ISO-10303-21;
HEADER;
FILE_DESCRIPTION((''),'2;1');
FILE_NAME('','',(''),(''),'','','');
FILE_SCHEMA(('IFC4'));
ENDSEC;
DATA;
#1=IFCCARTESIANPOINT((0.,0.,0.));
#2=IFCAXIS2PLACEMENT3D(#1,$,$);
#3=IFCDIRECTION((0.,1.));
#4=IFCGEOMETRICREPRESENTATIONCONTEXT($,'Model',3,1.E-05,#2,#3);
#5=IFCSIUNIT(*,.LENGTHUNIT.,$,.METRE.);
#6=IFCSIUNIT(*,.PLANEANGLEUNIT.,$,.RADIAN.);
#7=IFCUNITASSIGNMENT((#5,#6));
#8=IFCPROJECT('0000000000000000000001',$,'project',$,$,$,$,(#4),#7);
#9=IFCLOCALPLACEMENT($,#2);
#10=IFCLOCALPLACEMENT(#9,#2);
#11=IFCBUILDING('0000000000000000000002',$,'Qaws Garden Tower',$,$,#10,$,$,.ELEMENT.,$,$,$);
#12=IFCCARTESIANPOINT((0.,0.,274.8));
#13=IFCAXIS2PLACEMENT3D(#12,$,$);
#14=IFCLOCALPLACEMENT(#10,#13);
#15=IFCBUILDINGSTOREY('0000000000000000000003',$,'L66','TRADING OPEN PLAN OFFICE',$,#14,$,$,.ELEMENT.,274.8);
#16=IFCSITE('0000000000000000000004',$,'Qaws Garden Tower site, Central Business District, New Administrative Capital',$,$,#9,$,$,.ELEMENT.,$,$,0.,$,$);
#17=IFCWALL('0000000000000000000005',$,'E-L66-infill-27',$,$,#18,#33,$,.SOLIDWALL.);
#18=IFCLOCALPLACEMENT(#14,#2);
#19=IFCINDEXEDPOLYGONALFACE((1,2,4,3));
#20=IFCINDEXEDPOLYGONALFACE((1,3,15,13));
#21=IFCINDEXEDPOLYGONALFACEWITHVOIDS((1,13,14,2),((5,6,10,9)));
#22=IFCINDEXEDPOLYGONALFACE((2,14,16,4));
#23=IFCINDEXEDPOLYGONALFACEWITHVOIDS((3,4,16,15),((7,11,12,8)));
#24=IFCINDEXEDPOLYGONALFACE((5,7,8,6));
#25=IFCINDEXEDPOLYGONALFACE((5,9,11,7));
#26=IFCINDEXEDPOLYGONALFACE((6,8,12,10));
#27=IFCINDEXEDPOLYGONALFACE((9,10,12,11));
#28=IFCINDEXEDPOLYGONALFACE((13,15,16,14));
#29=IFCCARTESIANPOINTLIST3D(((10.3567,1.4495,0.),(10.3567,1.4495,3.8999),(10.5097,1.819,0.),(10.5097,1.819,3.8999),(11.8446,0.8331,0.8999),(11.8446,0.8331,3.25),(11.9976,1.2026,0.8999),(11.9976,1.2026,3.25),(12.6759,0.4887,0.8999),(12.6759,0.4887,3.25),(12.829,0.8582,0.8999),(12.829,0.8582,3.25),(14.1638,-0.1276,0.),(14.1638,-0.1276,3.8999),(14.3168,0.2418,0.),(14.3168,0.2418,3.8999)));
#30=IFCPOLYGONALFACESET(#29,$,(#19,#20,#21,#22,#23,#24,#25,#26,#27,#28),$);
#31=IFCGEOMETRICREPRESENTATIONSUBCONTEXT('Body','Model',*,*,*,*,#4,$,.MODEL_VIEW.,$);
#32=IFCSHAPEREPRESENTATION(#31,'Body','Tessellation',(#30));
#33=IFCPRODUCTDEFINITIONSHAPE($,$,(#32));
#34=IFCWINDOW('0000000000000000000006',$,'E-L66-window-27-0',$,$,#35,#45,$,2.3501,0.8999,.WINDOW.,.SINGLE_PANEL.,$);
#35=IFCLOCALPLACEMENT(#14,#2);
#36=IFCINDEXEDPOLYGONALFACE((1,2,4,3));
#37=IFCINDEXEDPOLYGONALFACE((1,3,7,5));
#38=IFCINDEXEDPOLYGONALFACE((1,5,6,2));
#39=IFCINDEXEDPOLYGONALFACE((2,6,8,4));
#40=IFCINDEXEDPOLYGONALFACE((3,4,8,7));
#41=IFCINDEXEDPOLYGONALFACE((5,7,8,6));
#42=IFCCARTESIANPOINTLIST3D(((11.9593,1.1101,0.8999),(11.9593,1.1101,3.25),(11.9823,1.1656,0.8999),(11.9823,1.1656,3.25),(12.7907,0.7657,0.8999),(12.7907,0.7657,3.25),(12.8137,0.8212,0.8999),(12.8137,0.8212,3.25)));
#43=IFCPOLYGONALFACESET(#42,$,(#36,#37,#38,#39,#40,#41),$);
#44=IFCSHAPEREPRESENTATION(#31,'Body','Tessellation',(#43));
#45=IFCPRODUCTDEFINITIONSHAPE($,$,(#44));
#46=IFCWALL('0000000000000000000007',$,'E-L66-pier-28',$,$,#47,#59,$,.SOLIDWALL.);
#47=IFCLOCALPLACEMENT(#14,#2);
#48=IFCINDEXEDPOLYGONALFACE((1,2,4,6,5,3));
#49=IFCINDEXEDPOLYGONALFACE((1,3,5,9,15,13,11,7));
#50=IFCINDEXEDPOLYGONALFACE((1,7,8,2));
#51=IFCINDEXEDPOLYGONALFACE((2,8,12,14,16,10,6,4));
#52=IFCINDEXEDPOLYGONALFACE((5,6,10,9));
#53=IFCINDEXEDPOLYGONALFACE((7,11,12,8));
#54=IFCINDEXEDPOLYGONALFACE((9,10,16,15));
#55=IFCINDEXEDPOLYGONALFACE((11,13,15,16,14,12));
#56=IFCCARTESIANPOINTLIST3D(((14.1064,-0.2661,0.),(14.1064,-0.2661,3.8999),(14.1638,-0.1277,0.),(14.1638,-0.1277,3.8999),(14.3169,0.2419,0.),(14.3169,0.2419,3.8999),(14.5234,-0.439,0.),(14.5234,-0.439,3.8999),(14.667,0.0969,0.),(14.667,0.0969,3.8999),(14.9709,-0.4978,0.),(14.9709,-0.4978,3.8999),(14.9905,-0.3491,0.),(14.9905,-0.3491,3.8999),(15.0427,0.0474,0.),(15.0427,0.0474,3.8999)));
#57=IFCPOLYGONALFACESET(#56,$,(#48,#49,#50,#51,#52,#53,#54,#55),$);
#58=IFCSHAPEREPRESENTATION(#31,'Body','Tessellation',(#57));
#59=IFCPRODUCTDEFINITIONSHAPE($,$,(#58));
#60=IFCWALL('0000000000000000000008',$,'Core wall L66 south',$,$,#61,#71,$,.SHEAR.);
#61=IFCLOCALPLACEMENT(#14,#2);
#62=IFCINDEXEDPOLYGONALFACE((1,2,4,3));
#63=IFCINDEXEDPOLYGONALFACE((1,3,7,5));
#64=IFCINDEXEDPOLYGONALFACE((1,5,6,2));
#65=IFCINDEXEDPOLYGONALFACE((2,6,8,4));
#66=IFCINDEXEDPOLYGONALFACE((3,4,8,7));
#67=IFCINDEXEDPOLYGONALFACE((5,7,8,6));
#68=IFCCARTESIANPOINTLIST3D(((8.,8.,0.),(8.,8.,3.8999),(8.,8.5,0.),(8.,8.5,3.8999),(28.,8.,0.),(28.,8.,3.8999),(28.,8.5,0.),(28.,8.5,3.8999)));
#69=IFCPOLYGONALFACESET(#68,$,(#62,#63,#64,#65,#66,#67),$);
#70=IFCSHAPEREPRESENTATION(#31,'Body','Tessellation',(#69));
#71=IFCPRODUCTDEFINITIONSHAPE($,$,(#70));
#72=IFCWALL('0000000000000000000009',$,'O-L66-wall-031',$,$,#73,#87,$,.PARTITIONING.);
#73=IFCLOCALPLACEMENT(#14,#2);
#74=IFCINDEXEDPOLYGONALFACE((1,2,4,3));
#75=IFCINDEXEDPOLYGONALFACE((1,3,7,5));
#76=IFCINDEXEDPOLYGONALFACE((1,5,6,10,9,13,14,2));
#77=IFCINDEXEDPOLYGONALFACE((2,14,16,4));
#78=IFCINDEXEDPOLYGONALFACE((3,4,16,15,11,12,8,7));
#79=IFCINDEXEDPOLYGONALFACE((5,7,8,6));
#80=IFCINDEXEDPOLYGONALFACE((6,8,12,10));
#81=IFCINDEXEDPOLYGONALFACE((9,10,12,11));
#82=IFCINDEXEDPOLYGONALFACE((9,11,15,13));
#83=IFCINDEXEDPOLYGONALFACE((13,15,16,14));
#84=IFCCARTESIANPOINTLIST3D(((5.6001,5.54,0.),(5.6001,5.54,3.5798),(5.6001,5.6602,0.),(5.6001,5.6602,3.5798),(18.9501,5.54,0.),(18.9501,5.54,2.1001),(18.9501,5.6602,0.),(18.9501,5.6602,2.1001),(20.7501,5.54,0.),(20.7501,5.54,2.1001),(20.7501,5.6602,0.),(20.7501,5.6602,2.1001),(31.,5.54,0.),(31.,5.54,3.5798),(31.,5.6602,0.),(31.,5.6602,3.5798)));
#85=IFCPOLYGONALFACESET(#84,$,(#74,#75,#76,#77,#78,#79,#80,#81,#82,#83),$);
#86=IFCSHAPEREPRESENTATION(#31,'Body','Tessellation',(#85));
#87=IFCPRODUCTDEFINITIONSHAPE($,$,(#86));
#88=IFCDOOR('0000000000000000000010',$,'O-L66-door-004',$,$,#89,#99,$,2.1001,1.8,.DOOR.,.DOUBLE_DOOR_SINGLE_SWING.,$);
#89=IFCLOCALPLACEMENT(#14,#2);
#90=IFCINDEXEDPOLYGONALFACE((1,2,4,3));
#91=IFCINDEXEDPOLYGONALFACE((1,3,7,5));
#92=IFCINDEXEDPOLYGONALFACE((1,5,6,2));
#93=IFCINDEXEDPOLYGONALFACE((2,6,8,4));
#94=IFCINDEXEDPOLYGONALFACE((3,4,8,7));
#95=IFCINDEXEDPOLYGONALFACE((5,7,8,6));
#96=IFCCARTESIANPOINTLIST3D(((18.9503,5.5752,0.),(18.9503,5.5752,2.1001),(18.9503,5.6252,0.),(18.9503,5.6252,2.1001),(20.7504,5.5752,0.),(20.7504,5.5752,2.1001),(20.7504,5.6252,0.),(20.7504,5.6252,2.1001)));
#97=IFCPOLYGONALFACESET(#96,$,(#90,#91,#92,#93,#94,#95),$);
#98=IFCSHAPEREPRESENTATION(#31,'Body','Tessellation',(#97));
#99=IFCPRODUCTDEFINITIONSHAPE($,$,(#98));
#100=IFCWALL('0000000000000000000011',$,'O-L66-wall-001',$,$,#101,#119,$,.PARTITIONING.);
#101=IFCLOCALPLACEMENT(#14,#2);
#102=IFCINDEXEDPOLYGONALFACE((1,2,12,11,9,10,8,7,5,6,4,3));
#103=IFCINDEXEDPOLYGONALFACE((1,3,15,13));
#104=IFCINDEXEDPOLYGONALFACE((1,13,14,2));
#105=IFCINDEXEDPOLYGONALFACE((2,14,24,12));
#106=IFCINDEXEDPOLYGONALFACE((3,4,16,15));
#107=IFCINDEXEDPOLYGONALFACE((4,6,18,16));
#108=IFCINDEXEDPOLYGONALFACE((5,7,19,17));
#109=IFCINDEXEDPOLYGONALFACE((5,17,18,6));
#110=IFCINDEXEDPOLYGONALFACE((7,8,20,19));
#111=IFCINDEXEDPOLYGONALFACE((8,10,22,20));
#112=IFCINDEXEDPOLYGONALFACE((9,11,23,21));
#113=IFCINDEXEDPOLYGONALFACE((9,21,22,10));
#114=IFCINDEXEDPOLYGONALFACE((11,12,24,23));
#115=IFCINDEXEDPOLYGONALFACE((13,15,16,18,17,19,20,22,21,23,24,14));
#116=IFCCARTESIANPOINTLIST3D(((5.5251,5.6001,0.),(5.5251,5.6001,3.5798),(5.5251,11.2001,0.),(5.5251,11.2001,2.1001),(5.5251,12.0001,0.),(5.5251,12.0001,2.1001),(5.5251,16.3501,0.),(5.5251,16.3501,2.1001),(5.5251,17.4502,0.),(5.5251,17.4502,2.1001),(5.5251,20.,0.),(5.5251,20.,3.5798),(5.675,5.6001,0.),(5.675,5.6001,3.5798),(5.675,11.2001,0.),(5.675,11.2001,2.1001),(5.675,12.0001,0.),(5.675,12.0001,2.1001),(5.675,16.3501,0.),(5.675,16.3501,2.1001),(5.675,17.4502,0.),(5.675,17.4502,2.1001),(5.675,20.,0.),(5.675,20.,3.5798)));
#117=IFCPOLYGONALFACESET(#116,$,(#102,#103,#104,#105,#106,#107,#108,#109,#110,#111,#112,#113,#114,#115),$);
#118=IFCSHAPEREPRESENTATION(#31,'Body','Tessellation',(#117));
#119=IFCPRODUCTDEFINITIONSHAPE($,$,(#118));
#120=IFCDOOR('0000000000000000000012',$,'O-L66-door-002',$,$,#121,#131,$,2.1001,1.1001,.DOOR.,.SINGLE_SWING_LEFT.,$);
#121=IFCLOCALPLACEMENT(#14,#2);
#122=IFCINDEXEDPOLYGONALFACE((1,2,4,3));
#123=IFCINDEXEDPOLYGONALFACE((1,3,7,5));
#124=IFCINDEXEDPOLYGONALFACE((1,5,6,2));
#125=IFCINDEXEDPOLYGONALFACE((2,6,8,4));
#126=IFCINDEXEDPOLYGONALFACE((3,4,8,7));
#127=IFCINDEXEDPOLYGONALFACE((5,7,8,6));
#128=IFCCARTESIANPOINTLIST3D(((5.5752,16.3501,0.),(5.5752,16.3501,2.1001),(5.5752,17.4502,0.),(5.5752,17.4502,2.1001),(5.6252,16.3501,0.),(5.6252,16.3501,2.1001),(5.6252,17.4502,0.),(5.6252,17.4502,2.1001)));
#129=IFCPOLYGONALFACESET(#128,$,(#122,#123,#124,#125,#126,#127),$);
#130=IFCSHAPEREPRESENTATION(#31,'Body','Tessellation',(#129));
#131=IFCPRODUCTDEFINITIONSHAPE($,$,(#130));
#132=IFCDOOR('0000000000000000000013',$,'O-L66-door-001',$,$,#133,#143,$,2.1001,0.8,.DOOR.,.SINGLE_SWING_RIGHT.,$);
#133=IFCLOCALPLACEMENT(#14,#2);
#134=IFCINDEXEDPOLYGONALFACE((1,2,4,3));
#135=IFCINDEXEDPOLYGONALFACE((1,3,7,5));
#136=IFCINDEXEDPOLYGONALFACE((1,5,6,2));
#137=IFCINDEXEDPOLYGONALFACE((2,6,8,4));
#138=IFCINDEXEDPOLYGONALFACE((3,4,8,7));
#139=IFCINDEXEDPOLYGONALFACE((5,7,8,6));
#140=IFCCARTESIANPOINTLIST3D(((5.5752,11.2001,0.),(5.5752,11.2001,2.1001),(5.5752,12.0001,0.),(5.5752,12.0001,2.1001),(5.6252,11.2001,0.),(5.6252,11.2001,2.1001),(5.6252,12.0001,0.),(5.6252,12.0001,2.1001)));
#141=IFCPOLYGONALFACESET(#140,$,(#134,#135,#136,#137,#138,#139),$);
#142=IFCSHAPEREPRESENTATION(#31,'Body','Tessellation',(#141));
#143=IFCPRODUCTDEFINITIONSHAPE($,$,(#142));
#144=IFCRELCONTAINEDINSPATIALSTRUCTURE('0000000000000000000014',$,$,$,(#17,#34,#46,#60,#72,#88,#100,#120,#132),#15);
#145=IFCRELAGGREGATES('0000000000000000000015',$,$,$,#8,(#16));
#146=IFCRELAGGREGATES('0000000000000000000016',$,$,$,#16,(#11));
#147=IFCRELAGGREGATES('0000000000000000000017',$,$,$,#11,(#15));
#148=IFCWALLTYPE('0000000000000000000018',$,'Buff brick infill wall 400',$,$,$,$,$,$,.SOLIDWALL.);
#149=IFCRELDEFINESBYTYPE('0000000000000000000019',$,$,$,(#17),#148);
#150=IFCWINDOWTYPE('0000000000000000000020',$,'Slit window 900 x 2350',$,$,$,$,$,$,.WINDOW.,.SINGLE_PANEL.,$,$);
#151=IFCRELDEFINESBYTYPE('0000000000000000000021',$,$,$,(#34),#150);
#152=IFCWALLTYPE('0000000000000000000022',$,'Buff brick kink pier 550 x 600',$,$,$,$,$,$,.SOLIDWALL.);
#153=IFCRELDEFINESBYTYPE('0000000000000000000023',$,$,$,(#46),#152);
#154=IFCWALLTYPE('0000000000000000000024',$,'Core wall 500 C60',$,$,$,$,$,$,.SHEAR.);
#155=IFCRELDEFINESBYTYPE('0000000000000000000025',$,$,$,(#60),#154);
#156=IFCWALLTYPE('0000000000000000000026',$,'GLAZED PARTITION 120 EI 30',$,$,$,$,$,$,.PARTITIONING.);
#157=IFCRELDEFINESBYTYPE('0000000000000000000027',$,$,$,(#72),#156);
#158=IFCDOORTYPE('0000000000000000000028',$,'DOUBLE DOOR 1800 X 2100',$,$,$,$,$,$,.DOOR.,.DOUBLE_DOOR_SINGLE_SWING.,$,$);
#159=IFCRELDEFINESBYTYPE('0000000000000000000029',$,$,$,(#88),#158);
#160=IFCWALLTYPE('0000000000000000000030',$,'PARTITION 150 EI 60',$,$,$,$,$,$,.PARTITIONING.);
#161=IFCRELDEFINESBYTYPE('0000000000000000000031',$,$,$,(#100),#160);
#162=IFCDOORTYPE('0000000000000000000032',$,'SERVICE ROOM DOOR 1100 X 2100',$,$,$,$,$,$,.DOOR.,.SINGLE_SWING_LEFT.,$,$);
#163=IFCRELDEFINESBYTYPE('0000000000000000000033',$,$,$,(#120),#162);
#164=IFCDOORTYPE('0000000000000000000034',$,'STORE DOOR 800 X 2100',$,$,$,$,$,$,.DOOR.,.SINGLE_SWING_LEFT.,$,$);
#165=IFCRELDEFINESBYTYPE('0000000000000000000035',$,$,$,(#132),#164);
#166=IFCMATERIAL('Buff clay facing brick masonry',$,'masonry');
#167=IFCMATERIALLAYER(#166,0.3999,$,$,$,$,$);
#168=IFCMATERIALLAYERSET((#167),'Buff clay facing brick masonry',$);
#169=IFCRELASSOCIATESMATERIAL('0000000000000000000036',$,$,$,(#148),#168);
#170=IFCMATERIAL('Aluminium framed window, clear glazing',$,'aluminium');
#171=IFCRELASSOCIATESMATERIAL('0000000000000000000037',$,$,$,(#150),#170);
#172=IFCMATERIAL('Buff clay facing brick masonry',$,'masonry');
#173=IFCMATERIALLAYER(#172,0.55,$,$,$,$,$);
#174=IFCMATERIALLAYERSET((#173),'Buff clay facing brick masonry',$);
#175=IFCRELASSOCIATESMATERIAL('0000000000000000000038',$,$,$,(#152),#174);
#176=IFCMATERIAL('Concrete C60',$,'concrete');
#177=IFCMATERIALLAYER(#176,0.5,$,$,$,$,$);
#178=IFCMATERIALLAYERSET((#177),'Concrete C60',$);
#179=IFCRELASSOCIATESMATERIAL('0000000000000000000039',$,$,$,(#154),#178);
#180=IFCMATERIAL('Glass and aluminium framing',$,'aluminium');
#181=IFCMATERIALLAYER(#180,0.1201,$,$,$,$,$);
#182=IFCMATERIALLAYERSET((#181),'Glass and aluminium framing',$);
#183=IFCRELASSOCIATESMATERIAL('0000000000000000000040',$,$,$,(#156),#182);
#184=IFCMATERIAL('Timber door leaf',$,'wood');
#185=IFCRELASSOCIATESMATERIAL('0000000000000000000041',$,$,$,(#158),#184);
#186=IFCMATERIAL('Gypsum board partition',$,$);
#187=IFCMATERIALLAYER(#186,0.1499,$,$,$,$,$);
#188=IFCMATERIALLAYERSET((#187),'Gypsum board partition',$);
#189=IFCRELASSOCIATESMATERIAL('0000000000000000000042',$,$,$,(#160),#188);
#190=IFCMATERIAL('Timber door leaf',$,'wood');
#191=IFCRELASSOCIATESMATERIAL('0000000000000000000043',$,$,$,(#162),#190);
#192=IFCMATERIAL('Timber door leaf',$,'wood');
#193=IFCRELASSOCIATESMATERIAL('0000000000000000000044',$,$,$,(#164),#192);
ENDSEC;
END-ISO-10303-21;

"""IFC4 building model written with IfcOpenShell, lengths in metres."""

from ifc_helpers import new_model, si_unit, direction, frame, frame_2d, origin, place, context, subcontext, project, spatial, polyline, rectangle, outline, extrude, material, layer, layer_set, type_object, element, fill, save


model = new_model("IFC4")

# Units and contexts
model_context = context("Model", 3, precision=1e-05, world=origin(), true_north=direction((0.0, 1.0)))
body_context = subcontext(model_context, "Body", "Model", "MODEL_VIEW")
ifc_project = project(units=[si_unit("LENGTHUNIT", "METRE"), si_unit("PLANEANGLEUNIT", "RADIAN")], contexts=[model_context])

# Site, building, storey
site_placement = place(None, origin())
site = spatial("IfcSite", under=ifc_project, at=site_placement, Name="Qaws Garden Tower site, Central Business District, New Administrative Capital", CompositionType="ELEMENT", RefElevation=0.0)
building_placement = place(site_placement, origin())
building = spatial("IfcBuilding", under=site, at=building_placement, Name="Qaws Garden Tower", CompositionType="ELEMENT")
storey_placement = place(building_placement, frame((0.0, 0.0, 274.8)))
storey = spatial("IfcBuildingStorey", under=building, at=storey_placement, Name="L66", Description="TRADING OPEN PLAN OFFICE", CompositionType="ELEMENT", Elevation=274.8)

# Shared definitions
placement_1 = place(storey_placement, origin())

# Wall, opening, window
ifc_material_1 = material(Name="Buff clay facing brick masonry", Category="masonry")
ifc_layer_1 = layer(ifc_material_1, 0.3999)
ifc_layer_set_1 = layer_set([ifc_layer_1], Name="Buff clay facing brick masonry")
wall_type_1 = type_object("IfcWallType", Name="Buff brick infill wall 400", PredefinedType="SOLIDWALL", material=ifc_layer_set_1)
ifc_material_2 = material(Name="Aluminium framed window, clear glazing", Category="aluminium")
window_type = type_object("IfcWindowType", Name="Slit window 900 x 2350", PartitioningType="SINGLE_PANEL", PredefinedType="WINDOW", material=ifc_material_2)
wall_1_placement = place(storey_placement, frame((10.4331, 1.6343, 0.0), z_axis=(0.0, 0.0, 1.0), x_axis=(0.923864, -0.382722, 0.0)))
wall_1 = element("IfcWall", 1, at=wall_1_placement, inside=storey, type_object=wall_type_1, Name="E-L66-infill-27", PredefinedType="SOLIDWALL", context=body_context, shape_type="SweptSolid", body=[
    extrude(rectangle(XDim=4.1208, YDim=0.3999, at=frame_2d((2.0605, 0.0))), origin(), (0.0, 0.0, 1.0), 3.8999),
])
opening_1_placement = place(wall_1_placement, frame((1.6106, 0.0, 0.8999)))
opening_1 = element("IfcOpeningElement", 2, at=opening_1_placement, cuts=wall_1, PredefinedType="OPENING", context=body_context, shape_type="SweptSolid", body=[
    extrude(rectangle(XDim=0.8999, YDim=2.3501, at=frame_2d((0.45, 1.175))), frame((0.0, 0.21, 0.0), z_axis=(0.0, -1.0, 0.0), x_axis=(1.0, 0.0, 0.0)), (0.0, 0.0, 1.0), 0.4199),
])
window_1_placement = place(opening_1_placement, origin())
window_1 = element("IfcWindow", 3, at=window_1_placement, inside=storey, type_object=window_type, Name="E-L66-window-27-0", OverallHeight=2.3501, OverallWidth=0.8999, PartitioningType="SINGLE_PANEL", PredefinedType="WINDOW", context=body_context, shape_type="SweptSolid", body=[
    extrude(rectangle(XDim=0.8999, YDim=2.3501, at=frame_2d((0.45, 1.175))), frame((0.0, 0.1599, 0.0), z_axis=(0.0, -1.0, 0.0), x_axis=(1.0, 0.0, 0.0)), (0.0, 0.0, 1.0), 0.0601),
])
fill(opening_1, window_1)

# Walls
ifc_material_3 = material(Name="Buff clay facing brick masonry", Category="masonry")
ifc_layer_2 = layer(ifc_material_3, 0.55)
ifc_layer_set_2 = layer_set([ifc_layer_2], Name="Buff clay facing brick masonry")
wall_type_2 = type_object("IfcWallType", Name="Buff brick kink pier 550 x 600", PredefinedType="SOLIDWALL", material=ifc_layer_set_2)
element("IfcWall", 4, at=placement_1, inside=storey, type_object=wall_type_2, Name="E-L66-pier-28", PredefinedType="SOLIDWALL", context=body_context, shape_type="SweptSolid", body=[
    extrude(outline(polyline([(14.1638, -0.1277), (14.1064, -0.2661), (14.5234, -0.439), (14.9709, -0.4978), (14.9905, -0.3491), (15.0427, 0.0474), (14.667, 0.0969), (14.3169, 0.2419), (14.1638, -0.1277)])), origin(), (0.0, 0.0, 1.0), 3.8999),
])
ifc_material_4 = material(Name="Concrete C60", Category="concrete")
ifc_layer_3 = layer(ifc_material_4, 0.5)
ifc_layer_set_3 = layer_set([ifc_layer_3], Name="Concrete C60")
wall_type_3 = type_object("IfcWallType", Name="Core wall 500 C60", PredefinedType="SHEAR", material=ifc_layer_set_3)
wall_2_placement = place(storey_placement, frame((8.0, 8.25, 0.0), z_axis=(0.0, 0.0, 1.0), x_axis=(1.0, 0.0, 0.0)))
element("IfcWall", 5, at=wall_2_placement, inside=storey, type_object=wall_type_3, Name="Core wall L66 south", PredefinedType="SHEAR", context=body_context, shape_type="SweptSolid", body=[
    extrude(rectangle(XDim=20.0, YDim=0.5, at=frame_2d((10.0, 0.0))), origin(), (0.0, 0.0, 1.0), 3.8999),
])

# Wall, opening, door
ifc_material_5 = material(Name="Glass and aluminium framing", Category="aluminium")
ifc_layer_4 = layer(ifc_material_5, 0.1201)
ifc_layer_set_4 = layer_set([ifc_layer_4], Name="Glass and aluminium framing")
wall_type_4 = type_object("IfcWallType", Name="GLAZED PARTITION 120 EI 30", PredefinedType="PARTITIONING", material=ifc_layer_set_4)
wall_3_placement = place(storey_placement, frame((5.6001, 5.6001, 0.0), z_axis=(0.0, 0.0, 1.0), x_axis=(1.0, 0.0, 0.0)))
wall_3 = element("IfcWall", 6, at=wall_3_placement, inside=storey, type_object=wall_type_4, Name="O-L66-wall-031", PredefinedType="PARTITIONING", context=body_context, shape_type="SweptSolid", body=[
    extrude(rectangle(XDim=25.3999, YDim=0.1201, at=frame_2d((12.7, 0.0))), origin(), (0.0, 0.0, 1.0), 3.5798),
])
opening_2_placement = place(wall_3_placement, frame((13.3501, 0.0, 0.0)))
opening_2 = element("IfcOpeningElement", 7, at=opening_2_placement, cuts=wall_3, PredefinedType="OPENING", context=body_context, shape_type="SweptSolid", body=[
    extrude(rectangle(XDim=1.8, YDim=2.1001, at=frame_2d((0.8999, 1.05))), frame((0.0, 0.0701, 0.0), z_axis=(0.0, -1.0, 0.0), x_axis=(1.0, 0.0, 0.0)), (0.0, 0.0, 1.0), 0.1401),
])
ifc_material_6 = material(Name="Timber door leaf", Category="wood")
door_type_1 = type_object("IfcDoorType", Name="DOUBLE DOOR 1800 X 2100", OperationType="DOUBLE_DOOR_SINGLE_SWING", PredefinedType="DOOR", material=ifc_material_6)
door_1_placement = place(opening_2_placement, frame((1.8, 0.0, 0.0), z_axis=(0.0, 0.0, 1.0), x_axis=(-1.0, 0.0, 0.0)))
door_1 = element("IfcDoor", 8, at=door_1_placement, inside=storey, type_object=door_type_1, Name="O-L66-door-004", OperationType="DOUBLE_DOOR_SINGLE_SWING", OverallHeight=2.1001, OverallWidth=1.8, PredefinedType="DOOR", context=body_context, shape_type="SweptSolid", body=[
    extrude(rectangle(XDim=1.8, YDim=2.1001, at=frame_2d((0.8999, 1.05))), frame((0.0, 0.0249, 0.0), z_axis=(0.0, -1.0, 0.0), x_axis=(1.0, 0.0, 0.0)), (0.0, 0.0, 1.0), 0.05),
])
fill(opening_2, door_1)

# Wall, openings, doors
ifc_material_7 = material(Name="Gypsum board partition")
ifc_layer_5 = layer(ifc_material_7, 0.1499)
ifc_layer_set_5 = layer_set([ifc_layer_5], Name="Gypsum board partition")
wall_type_5 = type_object("IfcWallType", Name="PARTITION 150 EI 60", PredefinedType="PARTITIONING", material=ifc_layer_set_5)
wall_4_placement = place(storey_placement, frame((5.6001, 5.6001, 0.0), z_axis=(0.0, 0.0, 1.0), x_axis=(0.0, 1.0, 0.0)))
wall_4 = element("IfcWall", 9, at=wall_4_placement, inside=storey, type_object=wall_type_5, Name="O-L66-wall-001", PredefinedType="PARTITIONING", context=body_context, shape_type="SweptSolid", body=[
    extrude(rectangle(XDim=14.3999, YDim=0.1499, at=frame_2d((7.2, 0.0))), origin(), (0.0, 0.0, 1.0), 3.5798),
])
opening_3_placement = place(wall_4_placement, frame((5.6001, 0.0, 0.0)))
opening_3 = element("IfcOpeningElement", 10, at=opening_3_placement, cuts=wall_4, PredefinedType="OPENING", context=body_context, shape_type="SweptSolid", body=[
    extrude(rectangle(XDim=0.8, YDim=2.1001, at=frame_2d((0.3999, 1.05))), frame((0.0, 0.085, 0.0), z_axis=(0.0, -1.0, 0.0), x_axis=(1.0, 0.0, 0.0)), (0.0, 0.0, 1.0), 0.1699),
])
opening_4_placement = place(wall_4_placement, frame((10.75, 0.0, 0.0)))
opening_4 = element("IfcOpeningElement", 11, at=opening_4_placement, cuts=wall_4, PredefinedType="OPENING", context=body_context, shape_type="SweptSolid", body=[
    extrude(rectangle(XDim=1.1001, YDim=2.1001, at=frame_2d((0.55, 1.05))), frame((0.0, 0.085, 0.0), z_axis=(0.0, -1.0, 0.0), x_axis=(1.0, 0.0, 0.0)), (0.0, 0.0, 1.0), 0.1699),
])
ifc_material_8 = material(Name="Timber door leaf", Category="wood")
door_type_2 = type_object("IfcDoorType", Name="SERVICE ROOM DOOR 1100 X 2100", OperationType="SINGLE_SWING_LEFT", PredefinedType="DOOR", material=ifc_material_8)
door_2_placement = place(opening_4_placement, origin())
door_2 = element("IfcDoor", 12, at=door_2_placement, inside=storey, type_object=door_type_2, Name="O-L66-door-002", OperationType="SINGLE_SWING_LEFT", OverallHeight=2.1001, OverallWidth=1.1001, PredefinedType="DOOR", context=body_context, shape_type="SweptSolid", body=[
    extrude(rectangle(XDim=1.1001, YDim=2.1001, at=frame_2d((0.55, 1.05))), frame((0.0, 0.0249, 0.0), z_axis=(0.0, -1.0, 0.0), x_axis=(1.0, 0.0, 0.0)), (0.0, 0.0, 1.0), 0.05),
])
fill(opening_4, door_2)
ifc_material_9 = material(Name="Timber door leaf", Category="wood")
door_type_3 = type_object("IfcDoorType", Name="STORE DOOR 800 X 2100", OperationType="SINGLE_SWING_LEFT", PredefinedType="DOOR", material=ifc_material_9)
door_3_placement = place(opening_3_placement, origin())
door_3 = element("IfcDoor", 13, at=door_3_placement, inside=storey, type_object=door_type_3, Name="O-L66-door-001", OperationType="SINGLE_SWING_RIGHT", OverallHeight=2.1001, OverallWidth=0.8, PredefinedType="DOOR", context=body_context, shape_type="SweptSolid", body=[
    extrude(rectangle(XDim=0.8, YDim=2.1001, at=frame_2d((0.3999, 1.05))), frame((0.0, 0.0249, 0.0), z_axis=(0.0, -1.0, 0.0), x_axis=(1.0, 0.0, 0.0)), (0.0, 0.0, 1.0), 0.05),
])
fill(opening_3, door_3)

save(model, "model.ifc")
